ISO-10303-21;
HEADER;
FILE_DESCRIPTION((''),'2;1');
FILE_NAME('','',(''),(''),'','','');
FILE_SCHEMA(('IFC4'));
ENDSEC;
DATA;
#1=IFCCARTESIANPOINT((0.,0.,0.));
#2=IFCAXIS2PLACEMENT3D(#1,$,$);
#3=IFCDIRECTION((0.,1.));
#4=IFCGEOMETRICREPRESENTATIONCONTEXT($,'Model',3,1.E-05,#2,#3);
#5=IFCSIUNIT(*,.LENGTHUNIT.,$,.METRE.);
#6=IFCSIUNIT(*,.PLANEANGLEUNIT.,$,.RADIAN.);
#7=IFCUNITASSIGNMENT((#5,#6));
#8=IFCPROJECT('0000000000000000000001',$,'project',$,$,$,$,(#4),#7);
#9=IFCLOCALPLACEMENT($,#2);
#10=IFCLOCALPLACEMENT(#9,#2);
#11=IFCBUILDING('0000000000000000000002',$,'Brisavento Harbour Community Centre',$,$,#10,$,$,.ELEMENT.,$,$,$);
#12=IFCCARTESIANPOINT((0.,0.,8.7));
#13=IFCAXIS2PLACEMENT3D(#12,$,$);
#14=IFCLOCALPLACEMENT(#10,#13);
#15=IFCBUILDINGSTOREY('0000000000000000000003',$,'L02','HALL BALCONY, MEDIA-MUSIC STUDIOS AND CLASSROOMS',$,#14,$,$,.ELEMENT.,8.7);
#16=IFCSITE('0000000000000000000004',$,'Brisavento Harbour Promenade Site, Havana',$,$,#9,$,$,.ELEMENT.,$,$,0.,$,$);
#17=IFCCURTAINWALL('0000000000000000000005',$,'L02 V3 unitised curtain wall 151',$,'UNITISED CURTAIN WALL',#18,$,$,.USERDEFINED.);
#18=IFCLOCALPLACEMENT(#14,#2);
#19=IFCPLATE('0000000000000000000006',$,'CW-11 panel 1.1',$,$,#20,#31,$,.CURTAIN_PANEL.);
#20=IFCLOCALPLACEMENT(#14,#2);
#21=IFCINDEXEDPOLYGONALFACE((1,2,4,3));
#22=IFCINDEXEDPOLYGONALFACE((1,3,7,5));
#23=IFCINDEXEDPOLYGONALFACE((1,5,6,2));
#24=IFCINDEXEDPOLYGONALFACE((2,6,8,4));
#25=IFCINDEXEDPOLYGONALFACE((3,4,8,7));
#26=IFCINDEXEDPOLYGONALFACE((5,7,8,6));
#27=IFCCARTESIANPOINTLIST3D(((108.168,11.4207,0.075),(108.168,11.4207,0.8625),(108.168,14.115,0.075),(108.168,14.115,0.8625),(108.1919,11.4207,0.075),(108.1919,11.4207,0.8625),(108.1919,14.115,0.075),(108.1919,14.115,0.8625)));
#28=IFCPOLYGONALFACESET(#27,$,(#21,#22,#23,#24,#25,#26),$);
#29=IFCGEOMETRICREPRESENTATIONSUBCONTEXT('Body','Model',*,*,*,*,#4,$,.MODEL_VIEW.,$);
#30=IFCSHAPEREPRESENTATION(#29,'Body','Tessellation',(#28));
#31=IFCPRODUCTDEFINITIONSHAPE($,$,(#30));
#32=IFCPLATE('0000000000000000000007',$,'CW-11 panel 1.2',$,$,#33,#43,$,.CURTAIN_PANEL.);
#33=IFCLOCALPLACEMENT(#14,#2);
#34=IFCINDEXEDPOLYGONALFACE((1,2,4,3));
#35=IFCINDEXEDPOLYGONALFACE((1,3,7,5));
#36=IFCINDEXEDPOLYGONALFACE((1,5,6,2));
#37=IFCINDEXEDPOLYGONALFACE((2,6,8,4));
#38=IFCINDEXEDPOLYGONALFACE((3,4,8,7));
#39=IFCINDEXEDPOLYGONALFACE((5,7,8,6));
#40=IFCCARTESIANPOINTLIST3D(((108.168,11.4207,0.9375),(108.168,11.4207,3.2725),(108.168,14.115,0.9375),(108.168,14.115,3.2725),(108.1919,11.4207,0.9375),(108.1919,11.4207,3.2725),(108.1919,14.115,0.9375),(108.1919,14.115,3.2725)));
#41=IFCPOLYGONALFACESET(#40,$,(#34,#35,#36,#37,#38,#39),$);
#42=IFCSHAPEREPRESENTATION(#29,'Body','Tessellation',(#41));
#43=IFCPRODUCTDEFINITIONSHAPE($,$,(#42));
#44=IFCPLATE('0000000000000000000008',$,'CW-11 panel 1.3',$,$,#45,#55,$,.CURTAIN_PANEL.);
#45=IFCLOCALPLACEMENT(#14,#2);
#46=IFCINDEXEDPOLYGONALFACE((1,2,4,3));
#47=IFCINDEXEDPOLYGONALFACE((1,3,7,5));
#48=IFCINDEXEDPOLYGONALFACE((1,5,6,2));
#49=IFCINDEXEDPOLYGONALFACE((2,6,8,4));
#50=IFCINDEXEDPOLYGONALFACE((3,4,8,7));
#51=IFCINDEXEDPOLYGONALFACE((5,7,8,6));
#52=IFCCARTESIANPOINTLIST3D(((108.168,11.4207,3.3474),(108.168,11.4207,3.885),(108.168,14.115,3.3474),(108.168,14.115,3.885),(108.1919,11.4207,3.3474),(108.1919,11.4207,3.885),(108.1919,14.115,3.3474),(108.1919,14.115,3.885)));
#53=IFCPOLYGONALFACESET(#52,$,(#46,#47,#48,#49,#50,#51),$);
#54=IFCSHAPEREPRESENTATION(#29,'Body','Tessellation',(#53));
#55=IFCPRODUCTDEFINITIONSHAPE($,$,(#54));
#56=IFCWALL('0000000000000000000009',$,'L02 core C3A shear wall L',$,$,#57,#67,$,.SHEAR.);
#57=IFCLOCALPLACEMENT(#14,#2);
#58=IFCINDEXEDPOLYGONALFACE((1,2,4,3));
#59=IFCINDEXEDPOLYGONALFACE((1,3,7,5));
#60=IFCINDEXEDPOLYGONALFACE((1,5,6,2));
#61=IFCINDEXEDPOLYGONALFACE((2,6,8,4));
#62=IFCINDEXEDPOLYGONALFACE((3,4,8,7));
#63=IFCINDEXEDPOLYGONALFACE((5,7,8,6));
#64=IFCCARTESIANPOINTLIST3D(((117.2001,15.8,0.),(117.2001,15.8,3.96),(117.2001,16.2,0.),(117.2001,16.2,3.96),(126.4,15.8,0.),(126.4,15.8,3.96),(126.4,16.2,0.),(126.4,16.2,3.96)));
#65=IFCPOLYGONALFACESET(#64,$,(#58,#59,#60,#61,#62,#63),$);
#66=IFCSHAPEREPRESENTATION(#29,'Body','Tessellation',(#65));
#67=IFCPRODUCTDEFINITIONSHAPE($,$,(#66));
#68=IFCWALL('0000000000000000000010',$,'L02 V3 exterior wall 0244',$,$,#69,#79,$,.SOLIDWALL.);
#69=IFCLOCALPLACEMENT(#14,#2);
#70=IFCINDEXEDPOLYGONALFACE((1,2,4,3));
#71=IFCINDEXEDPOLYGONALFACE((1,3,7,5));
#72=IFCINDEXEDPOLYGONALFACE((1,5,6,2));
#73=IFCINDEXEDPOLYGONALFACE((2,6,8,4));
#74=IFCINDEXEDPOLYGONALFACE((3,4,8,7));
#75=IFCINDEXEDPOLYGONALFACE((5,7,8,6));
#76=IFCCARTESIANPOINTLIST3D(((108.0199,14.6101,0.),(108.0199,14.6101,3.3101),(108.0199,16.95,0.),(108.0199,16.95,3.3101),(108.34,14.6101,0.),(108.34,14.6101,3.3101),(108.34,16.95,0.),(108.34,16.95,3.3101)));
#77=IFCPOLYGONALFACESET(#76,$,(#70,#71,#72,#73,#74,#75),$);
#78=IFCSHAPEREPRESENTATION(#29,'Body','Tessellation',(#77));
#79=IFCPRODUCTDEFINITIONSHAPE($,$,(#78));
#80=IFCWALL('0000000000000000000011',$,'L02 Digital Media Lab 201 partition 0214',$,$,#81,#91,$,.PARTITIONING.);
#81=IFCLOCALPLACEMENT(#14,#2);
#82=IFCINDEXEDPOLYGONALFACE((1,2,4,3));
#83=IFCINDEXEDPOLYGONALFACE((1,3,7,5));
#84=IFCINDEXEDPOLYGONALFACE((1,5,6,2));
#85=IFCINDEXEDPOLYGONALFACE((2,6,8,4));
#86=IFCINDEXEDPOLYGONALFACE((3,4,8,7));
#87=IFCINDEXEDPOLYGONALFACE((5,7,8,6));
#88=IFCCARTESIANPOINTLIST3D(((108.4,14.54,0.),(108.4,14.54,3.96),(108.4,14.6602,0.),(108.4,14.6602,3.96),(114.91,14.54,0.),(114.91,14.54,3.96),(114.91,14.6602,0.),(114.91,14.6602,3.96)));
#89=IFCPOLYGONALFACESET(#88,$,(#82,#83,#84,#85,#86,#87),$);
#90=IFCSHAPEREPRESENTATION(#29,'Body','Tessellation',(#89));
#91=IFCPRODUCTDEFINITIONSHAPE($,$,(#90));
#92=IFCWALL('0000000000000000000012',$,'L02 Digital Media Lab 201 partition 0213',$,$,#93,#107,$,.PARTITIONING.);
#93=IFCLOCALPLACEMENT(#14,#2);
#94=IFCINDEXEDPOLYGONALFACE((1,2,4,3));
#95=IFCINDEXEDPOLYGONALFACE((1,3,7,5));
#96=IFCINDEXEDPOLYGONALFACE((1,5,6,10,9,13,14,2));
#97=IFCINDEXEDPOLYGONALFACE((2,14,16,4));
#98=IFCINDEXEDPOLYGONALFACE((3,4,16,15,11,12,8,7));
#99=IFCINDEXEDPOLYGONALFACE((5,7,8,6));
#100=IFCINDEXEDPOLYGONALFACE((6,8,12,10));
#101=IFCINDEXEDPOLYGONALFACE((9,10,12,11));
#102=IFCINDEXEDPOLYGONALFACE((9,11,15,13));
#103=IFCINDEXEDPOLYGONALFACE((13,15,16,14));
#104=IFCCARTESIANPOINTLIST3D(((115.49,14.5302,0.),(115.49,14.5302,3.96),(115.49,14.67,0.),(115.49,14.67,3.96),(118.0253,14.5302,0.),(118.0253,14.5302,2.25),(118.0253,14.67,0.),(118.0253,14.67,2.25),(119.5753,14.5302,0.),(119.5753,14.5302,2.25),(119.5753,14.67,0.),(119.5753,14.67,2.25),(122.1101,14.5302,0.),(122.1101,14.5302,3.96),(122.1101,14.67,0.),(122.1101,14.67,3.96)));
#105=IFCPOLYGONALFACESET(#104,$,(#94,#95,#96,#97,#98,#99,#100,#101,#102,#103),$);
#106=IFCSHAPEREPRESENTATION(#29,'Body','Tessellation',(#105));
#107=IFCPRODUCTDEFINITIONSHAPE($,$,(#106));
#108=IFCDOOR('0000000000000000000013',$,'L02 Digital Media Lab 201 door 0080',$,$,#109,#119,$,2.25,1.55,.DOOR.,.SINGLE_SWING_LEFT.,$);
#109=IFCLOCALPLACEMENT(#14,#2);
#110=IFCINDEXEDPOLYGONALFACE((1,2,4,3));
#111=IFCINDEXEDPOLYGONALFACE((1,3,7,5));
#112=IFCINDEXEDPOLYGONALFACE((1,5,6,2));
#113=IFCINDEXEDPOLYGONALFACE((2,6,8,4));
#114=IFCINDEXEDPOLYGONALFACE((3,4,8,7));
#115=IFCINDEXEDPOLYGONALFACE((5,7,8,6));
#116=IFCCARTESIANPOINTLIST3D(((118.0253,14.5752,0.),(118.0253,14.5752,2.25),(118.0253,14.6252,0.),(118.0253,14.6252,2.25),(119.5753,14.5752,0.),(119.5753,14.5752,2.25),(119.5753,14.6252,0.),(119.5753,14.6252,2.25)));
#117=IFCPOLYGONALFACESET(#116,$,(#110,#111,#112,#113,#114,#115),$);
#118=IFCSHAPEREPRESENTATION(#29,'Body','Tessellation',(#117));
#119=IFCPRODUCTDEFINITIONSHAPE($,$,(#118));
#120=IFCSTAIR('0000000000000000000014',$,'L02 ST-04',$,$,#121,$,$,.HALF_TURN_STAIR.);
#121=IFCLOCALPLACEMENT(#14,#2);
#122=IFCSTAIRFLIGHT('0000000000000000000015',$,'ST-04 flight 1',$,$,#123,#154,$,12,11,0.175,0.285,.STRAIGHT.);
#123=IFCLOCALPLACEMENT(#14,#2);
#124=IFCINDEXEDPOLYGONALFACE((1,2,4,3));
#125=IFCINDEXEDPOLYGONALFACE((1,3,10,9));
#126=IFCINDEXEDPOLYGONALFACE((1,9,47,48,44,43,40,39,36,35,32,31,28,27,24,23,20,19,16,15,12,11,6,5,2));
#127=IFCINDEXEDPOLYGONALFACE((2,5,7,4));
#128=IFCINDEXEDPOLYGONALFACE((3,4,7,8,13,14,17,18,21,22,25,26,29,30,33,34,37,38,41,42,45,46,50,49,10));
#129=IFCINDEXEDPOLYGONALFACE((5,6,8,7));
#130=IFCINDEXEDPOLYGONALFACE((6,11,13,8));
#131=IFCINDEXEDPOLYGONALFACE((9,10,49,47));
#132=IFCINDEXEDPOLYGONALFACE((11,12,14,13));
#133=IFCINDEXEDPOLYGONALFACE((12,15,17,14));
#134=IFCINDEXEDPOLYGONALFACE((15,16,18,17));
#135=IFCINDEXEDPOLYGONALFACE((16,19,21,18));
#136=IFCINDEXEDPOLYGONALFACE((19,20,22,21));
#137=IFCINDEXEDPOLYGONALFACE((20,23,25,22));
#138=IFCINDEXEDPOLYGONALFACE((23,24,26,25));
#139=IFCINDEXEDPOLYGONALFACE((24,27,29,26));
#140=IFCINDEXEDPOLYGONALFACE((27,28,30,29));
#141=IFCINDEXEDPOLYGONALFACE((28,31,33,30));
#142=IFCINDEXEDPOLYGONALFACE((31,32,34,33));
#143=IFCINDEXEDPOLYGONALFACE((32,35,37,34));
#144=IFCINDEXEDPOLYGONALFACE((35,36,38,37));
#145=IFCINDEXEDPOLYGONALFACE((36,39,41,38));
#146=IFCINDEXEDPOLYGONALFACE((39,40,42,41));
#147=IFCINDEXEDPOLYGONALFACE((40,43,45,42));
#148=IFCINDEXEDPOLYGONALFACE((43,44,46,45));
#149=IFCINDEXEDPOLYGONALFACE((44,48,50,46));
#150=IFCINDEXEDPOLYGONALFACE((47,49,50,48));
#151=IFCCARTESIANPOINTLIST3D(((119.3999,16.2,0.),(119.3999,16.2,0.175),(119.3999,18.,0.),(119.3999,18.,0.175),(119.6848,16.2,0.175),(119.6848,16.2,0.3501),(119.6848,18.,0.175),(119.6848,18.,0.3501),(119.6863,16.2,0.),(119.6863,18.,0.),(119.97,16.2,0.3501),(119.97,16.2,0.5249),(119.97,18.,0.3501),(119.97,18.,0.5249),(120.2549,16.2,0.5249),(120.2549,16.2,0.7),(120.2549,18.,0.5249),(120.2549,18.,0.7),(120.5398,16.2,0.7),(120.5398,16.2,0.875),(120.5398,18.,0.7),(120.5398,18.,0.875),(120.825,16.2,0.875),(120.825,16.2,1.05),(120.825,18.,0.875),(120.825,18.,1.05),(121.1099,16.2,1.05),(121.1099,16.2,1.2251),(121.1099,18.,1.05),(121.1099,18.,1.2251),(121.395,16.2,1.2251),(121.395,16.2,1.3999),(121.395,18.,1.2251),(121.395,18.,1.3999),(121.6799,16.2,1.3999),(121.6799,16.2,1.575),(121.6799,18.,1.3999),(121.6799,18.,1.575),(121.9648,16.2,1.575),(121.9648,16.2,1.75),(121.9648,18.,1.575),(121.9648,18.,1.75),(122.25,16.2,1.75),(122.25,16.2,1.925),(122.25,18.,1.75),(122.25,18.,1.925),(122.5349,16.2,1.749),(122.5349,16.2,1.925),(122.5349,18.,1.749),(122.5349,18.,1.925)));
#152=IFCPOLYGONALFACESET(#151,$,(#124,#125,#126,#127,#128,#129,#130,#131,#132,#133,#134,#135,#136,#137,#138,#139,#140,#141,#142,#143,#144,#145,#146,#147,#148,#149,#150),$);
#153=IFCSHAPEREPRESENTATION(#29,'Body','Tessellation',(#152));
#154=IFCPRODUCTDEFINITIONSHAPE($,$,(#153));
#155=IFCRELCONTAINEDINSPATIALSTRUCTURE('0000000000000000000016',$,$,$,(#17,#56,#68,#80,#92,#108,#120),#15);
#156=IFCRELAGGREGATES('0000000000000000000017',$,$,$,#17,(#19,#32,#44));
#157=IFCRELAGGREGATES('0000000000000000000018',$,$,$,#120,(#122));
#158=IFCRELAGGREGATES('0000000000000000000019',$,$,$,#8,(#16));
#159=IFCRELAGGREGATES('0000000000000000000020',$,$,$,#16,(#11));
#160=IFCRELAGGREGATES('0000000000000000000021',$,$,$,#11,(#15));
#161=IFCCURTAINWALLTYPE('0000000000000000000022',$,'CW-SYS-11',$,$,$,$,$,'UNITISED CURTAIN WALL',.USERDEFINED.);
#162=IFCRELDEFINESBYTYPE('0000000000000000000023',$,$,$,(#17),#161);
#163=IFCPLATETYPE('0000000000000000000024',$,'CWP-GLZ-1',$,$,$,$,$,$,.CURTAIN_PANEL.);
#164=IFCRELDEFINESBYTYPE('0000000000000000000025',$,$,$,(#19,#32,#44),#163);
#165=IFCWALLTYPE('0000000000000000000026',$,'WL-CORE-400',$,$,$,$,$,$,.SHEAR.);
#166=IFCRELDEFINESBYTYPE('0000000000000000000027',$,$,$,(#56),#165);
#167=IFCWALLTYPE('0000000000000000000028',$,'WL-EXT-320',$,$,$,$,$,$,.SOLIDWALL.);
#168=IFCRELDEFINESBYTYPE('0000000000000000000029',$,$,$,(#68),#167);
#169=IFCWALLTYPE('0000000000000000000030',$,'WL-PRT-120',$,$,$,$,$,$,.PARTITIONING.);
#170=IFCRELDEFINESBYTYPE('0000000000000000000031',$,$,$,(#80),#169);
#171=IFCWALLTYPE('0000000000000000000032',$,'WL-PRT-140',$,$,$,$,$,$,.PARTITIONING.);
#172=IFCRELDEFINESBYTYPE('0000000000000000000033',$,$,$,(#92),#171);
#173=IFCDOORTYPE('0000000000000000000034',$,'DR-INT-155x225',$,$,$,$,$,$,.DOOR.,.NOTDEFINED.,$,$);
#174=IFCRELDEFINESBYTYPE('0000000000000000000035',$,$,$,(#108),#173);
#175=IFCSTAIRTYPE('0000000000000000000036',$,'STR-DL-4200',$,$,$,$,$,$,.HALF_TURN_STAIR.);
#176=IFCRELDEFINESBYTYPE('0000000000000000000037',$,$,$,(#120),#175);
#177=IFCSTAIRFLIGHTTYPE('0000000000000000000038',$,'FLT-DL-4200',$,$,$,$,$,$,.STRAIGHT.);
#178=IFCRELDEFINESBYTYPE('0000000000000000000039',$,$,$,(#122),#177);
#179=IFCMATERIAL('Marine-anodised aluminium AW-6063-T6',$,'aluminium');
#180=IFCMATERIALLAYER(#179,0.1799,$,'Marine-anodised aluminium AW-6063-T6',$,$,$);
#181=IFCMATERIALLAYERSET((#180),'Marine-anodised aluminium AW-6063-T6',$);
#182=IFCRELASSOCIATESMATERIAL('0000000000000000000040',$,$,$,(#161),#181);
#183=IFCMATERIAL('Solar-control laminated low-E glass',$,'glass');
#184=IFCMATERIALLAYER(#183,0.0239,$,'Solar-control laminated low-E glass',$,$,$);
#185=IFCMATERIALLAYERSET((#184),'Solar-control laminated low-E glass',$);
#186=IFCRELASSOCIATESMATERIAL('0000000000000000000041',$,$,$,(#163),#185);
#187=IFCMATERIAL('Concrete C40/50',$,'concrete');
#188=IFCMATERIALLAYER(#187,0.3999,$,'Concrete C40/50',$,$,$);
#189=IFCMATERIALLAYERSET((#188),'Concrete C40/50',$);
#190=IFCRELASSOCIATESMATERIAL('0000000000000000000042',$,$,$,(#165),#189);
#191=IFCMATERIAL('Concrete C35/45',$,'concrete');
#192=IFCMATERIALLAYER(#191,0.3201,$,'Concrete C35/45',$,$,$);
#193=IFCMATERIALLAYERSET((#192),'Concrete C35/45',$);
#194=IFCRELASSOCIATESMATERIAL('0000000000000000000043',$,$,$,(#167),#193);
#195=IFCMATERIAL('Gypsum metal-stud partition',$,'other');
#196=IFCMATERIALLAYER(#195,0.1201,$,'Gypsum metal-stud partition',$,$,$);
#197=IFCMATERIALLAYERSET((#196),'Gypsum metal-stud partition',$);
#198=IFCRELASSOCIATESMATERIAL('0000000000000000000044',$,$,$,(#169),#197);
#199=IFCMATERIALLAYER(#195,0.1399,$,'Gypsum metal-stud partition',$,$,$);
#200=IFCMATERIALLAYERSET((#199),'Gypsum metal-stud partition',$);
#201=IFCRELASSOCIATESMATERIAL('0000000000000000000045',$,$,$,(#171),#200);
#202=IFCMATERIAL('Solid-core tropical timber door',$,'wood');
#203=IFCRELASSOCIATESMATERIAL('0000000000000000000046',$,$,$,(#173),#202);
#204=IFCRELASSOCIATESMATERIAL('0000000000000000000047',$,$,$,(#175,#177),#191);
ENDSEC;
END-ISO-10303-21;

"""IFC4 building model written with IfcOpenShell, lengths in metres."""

from ifc_helpers import new_model, si_unit, direction, frame, frame_2d, origin, origin_2d, place, context, subcontext, project, spatial, polyline, rectangle, outline, extrude, material, layer, layer_set, type_object, element, fill, aggregate, save


model = new_model("IFC4")

# Units and contexts
model_context = context("Model", 3, precision=1e-05, world=origin(), true_north=direction((0.0, 1.0)))
body_context = subcontext(model_context, "Body", "Model", "MODEL_VIEW")
ifc_project = project(units=[si_unit("LENGTHUNIT", "METRE"), si_unit("PLANEANGLEUNIT", "RADIAN")], contexts=[model_context])

# Site, building, storey
site_placement = place(None, origin())
site = spatial("IfcSite", under=ifc_project, at=site_placement, Name="Brisavento Harbour Promenade Site, Havana", CompositionType="ELEMENT", RefElevation=0.0)
building_placement = place(site_placement, origin())
building = spatial("IfcBuilding", under=site, at=building_placement, Name="Brisavento Harbour Community Centre", CompositionType="ELEMENT")
storey_placement = place(building_placement, frame((0.0, 0.0, 8.7)))
storey = spatial("IfcBuildingStorey", under=building, at=storey_placement, Name="L02", Description="HALL BALCONY, MEDIA-MUSIC STUDIOS AND CLASSROOMS", CompositionType="ELEMENT", Elevation=8.7)

# Shared definitions
ifc_material_1 = material(Name="Concrete C35/45", Category="concrete")

# Curtain wall, plates
ifc_material_2 = material(Name="Marine-anodised aluminium AW-6063-T6", Category="aluminium")
ifc_layer_1 = layer(ifc_material_2, 0.1799, Name="Marine-anodised aluminium AW-6063-T6")
ifc_layer_set_1 = layer_set([ifc_layer_1], Name="Marine-anodised aluminium AW-6063-T6")
curtain_wall_type = type_object("IfcCurtainWallType", Name="CW-SYS-11", ElementType="UNITISED CURTAIN WALL", PredefinedType="USERDEFINED", material=ifc_layer_set_1)
curtain_wall_placement = place(storey_placement, origin())
curtain_wall = element("IfcCurtainWall", 1, at=curtain_wall_placement, inside=storey, type_object=curtain_wall_type, Name="L02 V3 unitised curtain wall 151", ObjectType="UNITISED CURTAIN WALL", PredefinedType="USERDEFINED")
ifc_material_3 = material(Name="Solar-control laminated low-E glass", Category="glass")
ifc_layer_2 = layer(ifc_material_3, 0.0239, Name="Solar-control laminated low-E glass")
ifc_layer_set_2 = layer_set([ifc_layer_2], Name="Solar-control laminated low-E glass")
plate_type = type_object("IfcPlateType", Name="CWP-GLZ-1", PredefinedType="CURTAIN_PANEL", material=ifc_layer_set_2)
plate_1_placement = place(storey_placement, frame((108.1799, 12.7678, 0.075), z_axis=(0.0, 0.0, 1.0), x_axis=(0.0, 1.0, 0.0)))
plate_1 = element("IfcPlate", 2, at=plate_1_placement, type_object=plate_type, Name="CW-11 panel 1.1", PredefinedType="CURTAIN_PANEL", context=body_context, shape_type="SweptSolid", body=[
    extrude(rectangle(XDim=2.6943, YDim=0.0239, at=origin_2d()), origin(), (0.0, 0.0, 1.0), 0.7876),
])
plate_2_placement = place(storey_placement, frame((108.1799, 12.7678, 0.9375), z_axis=(0.0, 0.0, 1.0), x_axis=(0.0, 1.0, 0.0)))
plate_2 = element("IfcPlate", 3, at=plate_2_placement, type_object=plate_type, Name="CW-11 panel 1.2", PredefinedType="CURTAIN_PANEL", context=body_context, shape_type="SweptSolid", body=[
    extrude(rectangle(XDim=2.6943, YDim=0.0239, at=origin_2d()), origin(), (0.0, 0.0, 1.0), 2.335),
])
plate_3_placement = place(storey_placement, frame((108.1799, 12.7678, 3.3474), z_axis=(0.0, 0.0, 1.0), x_axis=(0.0, 1.0, 0.0)))
plate_3 = element("IfcPlate", 4, at=plate_3_placement, type_object=plate_type, Name="CW-11 panel 1.3", PredefinedType="CURTAIN_PANEL", context=body_context, shape_type="SweptSolid", body=[
    extrude(rectangle(XDim=2.6943, YDim=0.0239, at=origin_2d()), origin(), (0.0, 0.0, 1.0), 0.5376),
])
aggregate(curtain_wall, [plate_1, plate_2, plate_3])

# Walls
ifc_material_4 = material(Name="Concrete C40/50", Category="concrete")
ifc_layer_3 = layer(ifc_material_4, 0.3999, Name="Concrete C40/50")
ifc_layer_set_3 = layer_set([ifc_layer_3], Name="Concrete C40/50")
wall_type_1 = type_object("IfcWallType", Name="WL-CORE-400", PredefinedType="SHEAR", material=ifc_layer_set_3)
wall_1_placement = place(storey_placement, frame((117.2, 16.0, 0.0), z_axis=(0.0, 0.0, 1.0), x_axis=(1.0, 0.0, 0.0)))
element("IfcWall", 5, at=wall_1_placement, inside=storey, type_object=wall_type_1, Name="L02 core C3A shear wall L", PredefinedType="SHEAR", context=body_context, shape_type="SweptSolid", body=[
    extrude(rectangle(XDim=9.2, YDim=0.3999, at=frame_2d((4.6001, 0.0))), origin(), (0.0, 0.0, 1.0), 3.96),
])
ifc_layer_4 = layer(ifc_material_1, 0.3201, Name="Concrete C35/45")
ifc_layer_set_4 = layer_set([ifc_layer_4], Name="Concrete C35/45")
wall_type_2 = type_object("IfcWallType", Name="WL-EXT-320", PredefinedType="SOLIDWALL", material=ifc_layer_set_4)
wall_2_placement = place(storey_placement, frame((108.1799, 14.6101, 0.0), z_axis=(0.0, 0.0, 1.0), x_axis=(0.0, 1.0, 0.0)))
element("IfcWall", 6, at=wall_2_placement, inside=storey, type_object=wall_type_2, Name="L02 V3 exterior wall 0244", PredefinedType="SOLIDWALL", context=body_context, shape_type="SweptSolid", body=[
    extrude(rectangle(XDim=2.3398, YDim=0.3201, at=frame_2d((1.1699, 0.0))), origin(), (0.0, 0.0, 1.0), 3.3101),
])
ifc_material_5 = material(Name="Gypsum metal-stud partition", Category="other")
ifc_layer_5 = layer(ifc_material_5, 0.1201, Name="Gypsum metal-stud partition")
ifc_layer_set_5 = layer_set([ifc_layer_5], Name="Gypsum metal-stud partition")
wall_type_3 = type_object("IfcWallType", Name="WL-PRT-120", PredefinedType="PARTITIONING", material=ifc_layer_set_5)
wall_3_placement = place(storey_placement, frame((114.9099, 14.6001, 0.0), z_axis=(0.0, 0.0, 1.0), x_axis=(-1.0, 0.0, 0.0)))
element("IfcWall", 7, at=wall_3_placement, inside=storey, type_object=wall_type_3, Name="L02 Digital Media Lab 201 partition 0214", PredefinedType="PARTITIONING", context=body_context, shape_type="SweptSolid", body=[
    extrude(rectangle(XDim=6.51, YDim=0.1201, at=frame_2d((3.2549, 0.0))), origin(), (0.0, 0.0, 1.0), 3.96),
])

# Wall, opening, door
ifc_layer_6 = layer(ifc_material_5, 0.1399, Name="Gypsum metal-stud partition")
ifc_layer_set_6 = layer_set([ifc_layer_6], Name="Gypsum metal-stud partition")
wall_type_4 = type_object("IfcWallType", Name="WL-PRT-140", PredefinedType="PARTITIONING", material=ifc_layer_set_6)
wall_4_placement = place(storey_placement, frame((122.1101, 14.6001, 0.0), z_axis=(0.0, 0.0, 1.0), x_axis=(-1.0, 0.0, 0.0)))
wall_4 = element("IfcWall", 8, at=wall_4_placement, inside=storey, type_object=wall_type_4, Name="L02 Digital Media Lab 201 partition 0213", PredefinedType="PARTITIONING", context=body_context, shape_type="SweptSolid", body=[
    extrude(rectangle(XDim=6.6201, YDim=0.1399, at=frame_2d((3.3101, 0.0))), origin(), (0.0, 0.0, 1.0), 3.96),
])
opening_placement = place(wall_4_placement, frame((2.5349, 0.0, 0.0)))
opening = element("IfcOpeningElement", 9, at=opening_placement, cuts=wall_4, PredefinedType="OPENING", context=body_context, shape_type="SweptSolid", body=[
    extrude(rectangle(XDim=1.55, YDim=2.25, at=frame_2d((0.7749, 1.125))), frame((0.0, 0.0801, 0.0), z_axis=(0.0, -1.0, 0.0), x_axis=(1.0, 0.0, 0.0)), (0.0, 0.0, 1.0), 0.1599),
])
ifc_material_6 = material(Name="Solid-core tropical timber door", Category="wood")
door_type = type_object("IfcDoorType", Name="DR-INT-155x225", OperationType="NOTDEFINED", PredefinedType="DOOR", material=ifc_material_6)
door_placement = place(opening_placement, origin())
door = element("IfcDoor", 10, at=door_placement, inside=storey, type_object=door_type, Name="L02 Digital Media Lab 201 door 0080", OperationType="SINGLE_SWING_LEFT", OverallHeight=2.25, OverallWidth=1.55, PredefinedType="DOOR", context=body_context, shape_type="SweptSolid", body=[
    extrude(rectangle(XDim=1.55, YDim=2.25, at=frame_2d((0.7749, 1.125))), frame((0.0, 0.0249, 0.0), z_axis=(0.0, -1.0, 0.0), x_axis=(1.0, 0.0, 0.0)), (0.0, 0.0, 1.0), 0.05),
])
fill(opening, door)

# Stair, stair flight
stair_type = type_object("IfcStairType", Name="STR-DL-4200", PredefinedType="HALF_TURN_STAIR", material=ifc_material_1)
stair_placement = place(storey_placement, origin())
stair = element("IfcStair", 11, at=stair_placement, inside=storey, type_object=stair_type, Name="L02 ST-04", PredefinedType="HALF_TURN_STAIR")
stair_flight_type = type_object("IfcStairFlightType", Name="FLT-DL-4200", PredefinedType="STRAIGHT", material=ifc_material_1)
stair_flight_placement = place(storey_placement, frame((119.3999, 17.1001, 0.0), z_axis=(0.0, 0.0, 1.0), x_axis=(1.0, 0.0, 0.0)))
stair_flight = element("IfcStairFlight", 12, at=stair_flight_placement, type_object=stair_flight_type, Name="ST-04 flight 1", NumberOfRisers=12, NumberOfTreads=11, PredefinedType="STRAIGHT", RiserHeight=0.175, TreadLength=0.285, context=body_context, shape_type="SweptSolid", body=[
    extrude(outline(polyline([(0.0, 0.0), (0.0, 0.175), (0.2849, 0.175), (0.2849, 0.3501), (0.5701, 0.3501), (0.5701, 0.5249), (0.855, 0.5249), (0.855, 0.7), (1.1399, 0.7), (1.1399, 0.875), (1.425, 0.875), (1.425, 1.05), (1.71, 1.05), (1.71, 1.2251), (1.9951, 1.2251), (1.9951, 1.3999), (2.28, 1.3999), (2.28, 1.575), (2.5649, 1.575), (2.5649, 1.75), (2.8501, 1.75), (2.8501, 1.925), (3.135, 1.925), (3.135, 2.1001), (3.135, 1.749), (0.2864, 0.0), (0.0, 0.0)])), frame((0.0, 0.8999, 0.0), z_axis=(0.0, -1.0, 0.0), x_axis=(1.0, 0.0, 0.0)), (0.0, 0.0, 1.0), 1.8),
])
aggregate(stair, [stair_flight])

save(model, "model.ifc")
